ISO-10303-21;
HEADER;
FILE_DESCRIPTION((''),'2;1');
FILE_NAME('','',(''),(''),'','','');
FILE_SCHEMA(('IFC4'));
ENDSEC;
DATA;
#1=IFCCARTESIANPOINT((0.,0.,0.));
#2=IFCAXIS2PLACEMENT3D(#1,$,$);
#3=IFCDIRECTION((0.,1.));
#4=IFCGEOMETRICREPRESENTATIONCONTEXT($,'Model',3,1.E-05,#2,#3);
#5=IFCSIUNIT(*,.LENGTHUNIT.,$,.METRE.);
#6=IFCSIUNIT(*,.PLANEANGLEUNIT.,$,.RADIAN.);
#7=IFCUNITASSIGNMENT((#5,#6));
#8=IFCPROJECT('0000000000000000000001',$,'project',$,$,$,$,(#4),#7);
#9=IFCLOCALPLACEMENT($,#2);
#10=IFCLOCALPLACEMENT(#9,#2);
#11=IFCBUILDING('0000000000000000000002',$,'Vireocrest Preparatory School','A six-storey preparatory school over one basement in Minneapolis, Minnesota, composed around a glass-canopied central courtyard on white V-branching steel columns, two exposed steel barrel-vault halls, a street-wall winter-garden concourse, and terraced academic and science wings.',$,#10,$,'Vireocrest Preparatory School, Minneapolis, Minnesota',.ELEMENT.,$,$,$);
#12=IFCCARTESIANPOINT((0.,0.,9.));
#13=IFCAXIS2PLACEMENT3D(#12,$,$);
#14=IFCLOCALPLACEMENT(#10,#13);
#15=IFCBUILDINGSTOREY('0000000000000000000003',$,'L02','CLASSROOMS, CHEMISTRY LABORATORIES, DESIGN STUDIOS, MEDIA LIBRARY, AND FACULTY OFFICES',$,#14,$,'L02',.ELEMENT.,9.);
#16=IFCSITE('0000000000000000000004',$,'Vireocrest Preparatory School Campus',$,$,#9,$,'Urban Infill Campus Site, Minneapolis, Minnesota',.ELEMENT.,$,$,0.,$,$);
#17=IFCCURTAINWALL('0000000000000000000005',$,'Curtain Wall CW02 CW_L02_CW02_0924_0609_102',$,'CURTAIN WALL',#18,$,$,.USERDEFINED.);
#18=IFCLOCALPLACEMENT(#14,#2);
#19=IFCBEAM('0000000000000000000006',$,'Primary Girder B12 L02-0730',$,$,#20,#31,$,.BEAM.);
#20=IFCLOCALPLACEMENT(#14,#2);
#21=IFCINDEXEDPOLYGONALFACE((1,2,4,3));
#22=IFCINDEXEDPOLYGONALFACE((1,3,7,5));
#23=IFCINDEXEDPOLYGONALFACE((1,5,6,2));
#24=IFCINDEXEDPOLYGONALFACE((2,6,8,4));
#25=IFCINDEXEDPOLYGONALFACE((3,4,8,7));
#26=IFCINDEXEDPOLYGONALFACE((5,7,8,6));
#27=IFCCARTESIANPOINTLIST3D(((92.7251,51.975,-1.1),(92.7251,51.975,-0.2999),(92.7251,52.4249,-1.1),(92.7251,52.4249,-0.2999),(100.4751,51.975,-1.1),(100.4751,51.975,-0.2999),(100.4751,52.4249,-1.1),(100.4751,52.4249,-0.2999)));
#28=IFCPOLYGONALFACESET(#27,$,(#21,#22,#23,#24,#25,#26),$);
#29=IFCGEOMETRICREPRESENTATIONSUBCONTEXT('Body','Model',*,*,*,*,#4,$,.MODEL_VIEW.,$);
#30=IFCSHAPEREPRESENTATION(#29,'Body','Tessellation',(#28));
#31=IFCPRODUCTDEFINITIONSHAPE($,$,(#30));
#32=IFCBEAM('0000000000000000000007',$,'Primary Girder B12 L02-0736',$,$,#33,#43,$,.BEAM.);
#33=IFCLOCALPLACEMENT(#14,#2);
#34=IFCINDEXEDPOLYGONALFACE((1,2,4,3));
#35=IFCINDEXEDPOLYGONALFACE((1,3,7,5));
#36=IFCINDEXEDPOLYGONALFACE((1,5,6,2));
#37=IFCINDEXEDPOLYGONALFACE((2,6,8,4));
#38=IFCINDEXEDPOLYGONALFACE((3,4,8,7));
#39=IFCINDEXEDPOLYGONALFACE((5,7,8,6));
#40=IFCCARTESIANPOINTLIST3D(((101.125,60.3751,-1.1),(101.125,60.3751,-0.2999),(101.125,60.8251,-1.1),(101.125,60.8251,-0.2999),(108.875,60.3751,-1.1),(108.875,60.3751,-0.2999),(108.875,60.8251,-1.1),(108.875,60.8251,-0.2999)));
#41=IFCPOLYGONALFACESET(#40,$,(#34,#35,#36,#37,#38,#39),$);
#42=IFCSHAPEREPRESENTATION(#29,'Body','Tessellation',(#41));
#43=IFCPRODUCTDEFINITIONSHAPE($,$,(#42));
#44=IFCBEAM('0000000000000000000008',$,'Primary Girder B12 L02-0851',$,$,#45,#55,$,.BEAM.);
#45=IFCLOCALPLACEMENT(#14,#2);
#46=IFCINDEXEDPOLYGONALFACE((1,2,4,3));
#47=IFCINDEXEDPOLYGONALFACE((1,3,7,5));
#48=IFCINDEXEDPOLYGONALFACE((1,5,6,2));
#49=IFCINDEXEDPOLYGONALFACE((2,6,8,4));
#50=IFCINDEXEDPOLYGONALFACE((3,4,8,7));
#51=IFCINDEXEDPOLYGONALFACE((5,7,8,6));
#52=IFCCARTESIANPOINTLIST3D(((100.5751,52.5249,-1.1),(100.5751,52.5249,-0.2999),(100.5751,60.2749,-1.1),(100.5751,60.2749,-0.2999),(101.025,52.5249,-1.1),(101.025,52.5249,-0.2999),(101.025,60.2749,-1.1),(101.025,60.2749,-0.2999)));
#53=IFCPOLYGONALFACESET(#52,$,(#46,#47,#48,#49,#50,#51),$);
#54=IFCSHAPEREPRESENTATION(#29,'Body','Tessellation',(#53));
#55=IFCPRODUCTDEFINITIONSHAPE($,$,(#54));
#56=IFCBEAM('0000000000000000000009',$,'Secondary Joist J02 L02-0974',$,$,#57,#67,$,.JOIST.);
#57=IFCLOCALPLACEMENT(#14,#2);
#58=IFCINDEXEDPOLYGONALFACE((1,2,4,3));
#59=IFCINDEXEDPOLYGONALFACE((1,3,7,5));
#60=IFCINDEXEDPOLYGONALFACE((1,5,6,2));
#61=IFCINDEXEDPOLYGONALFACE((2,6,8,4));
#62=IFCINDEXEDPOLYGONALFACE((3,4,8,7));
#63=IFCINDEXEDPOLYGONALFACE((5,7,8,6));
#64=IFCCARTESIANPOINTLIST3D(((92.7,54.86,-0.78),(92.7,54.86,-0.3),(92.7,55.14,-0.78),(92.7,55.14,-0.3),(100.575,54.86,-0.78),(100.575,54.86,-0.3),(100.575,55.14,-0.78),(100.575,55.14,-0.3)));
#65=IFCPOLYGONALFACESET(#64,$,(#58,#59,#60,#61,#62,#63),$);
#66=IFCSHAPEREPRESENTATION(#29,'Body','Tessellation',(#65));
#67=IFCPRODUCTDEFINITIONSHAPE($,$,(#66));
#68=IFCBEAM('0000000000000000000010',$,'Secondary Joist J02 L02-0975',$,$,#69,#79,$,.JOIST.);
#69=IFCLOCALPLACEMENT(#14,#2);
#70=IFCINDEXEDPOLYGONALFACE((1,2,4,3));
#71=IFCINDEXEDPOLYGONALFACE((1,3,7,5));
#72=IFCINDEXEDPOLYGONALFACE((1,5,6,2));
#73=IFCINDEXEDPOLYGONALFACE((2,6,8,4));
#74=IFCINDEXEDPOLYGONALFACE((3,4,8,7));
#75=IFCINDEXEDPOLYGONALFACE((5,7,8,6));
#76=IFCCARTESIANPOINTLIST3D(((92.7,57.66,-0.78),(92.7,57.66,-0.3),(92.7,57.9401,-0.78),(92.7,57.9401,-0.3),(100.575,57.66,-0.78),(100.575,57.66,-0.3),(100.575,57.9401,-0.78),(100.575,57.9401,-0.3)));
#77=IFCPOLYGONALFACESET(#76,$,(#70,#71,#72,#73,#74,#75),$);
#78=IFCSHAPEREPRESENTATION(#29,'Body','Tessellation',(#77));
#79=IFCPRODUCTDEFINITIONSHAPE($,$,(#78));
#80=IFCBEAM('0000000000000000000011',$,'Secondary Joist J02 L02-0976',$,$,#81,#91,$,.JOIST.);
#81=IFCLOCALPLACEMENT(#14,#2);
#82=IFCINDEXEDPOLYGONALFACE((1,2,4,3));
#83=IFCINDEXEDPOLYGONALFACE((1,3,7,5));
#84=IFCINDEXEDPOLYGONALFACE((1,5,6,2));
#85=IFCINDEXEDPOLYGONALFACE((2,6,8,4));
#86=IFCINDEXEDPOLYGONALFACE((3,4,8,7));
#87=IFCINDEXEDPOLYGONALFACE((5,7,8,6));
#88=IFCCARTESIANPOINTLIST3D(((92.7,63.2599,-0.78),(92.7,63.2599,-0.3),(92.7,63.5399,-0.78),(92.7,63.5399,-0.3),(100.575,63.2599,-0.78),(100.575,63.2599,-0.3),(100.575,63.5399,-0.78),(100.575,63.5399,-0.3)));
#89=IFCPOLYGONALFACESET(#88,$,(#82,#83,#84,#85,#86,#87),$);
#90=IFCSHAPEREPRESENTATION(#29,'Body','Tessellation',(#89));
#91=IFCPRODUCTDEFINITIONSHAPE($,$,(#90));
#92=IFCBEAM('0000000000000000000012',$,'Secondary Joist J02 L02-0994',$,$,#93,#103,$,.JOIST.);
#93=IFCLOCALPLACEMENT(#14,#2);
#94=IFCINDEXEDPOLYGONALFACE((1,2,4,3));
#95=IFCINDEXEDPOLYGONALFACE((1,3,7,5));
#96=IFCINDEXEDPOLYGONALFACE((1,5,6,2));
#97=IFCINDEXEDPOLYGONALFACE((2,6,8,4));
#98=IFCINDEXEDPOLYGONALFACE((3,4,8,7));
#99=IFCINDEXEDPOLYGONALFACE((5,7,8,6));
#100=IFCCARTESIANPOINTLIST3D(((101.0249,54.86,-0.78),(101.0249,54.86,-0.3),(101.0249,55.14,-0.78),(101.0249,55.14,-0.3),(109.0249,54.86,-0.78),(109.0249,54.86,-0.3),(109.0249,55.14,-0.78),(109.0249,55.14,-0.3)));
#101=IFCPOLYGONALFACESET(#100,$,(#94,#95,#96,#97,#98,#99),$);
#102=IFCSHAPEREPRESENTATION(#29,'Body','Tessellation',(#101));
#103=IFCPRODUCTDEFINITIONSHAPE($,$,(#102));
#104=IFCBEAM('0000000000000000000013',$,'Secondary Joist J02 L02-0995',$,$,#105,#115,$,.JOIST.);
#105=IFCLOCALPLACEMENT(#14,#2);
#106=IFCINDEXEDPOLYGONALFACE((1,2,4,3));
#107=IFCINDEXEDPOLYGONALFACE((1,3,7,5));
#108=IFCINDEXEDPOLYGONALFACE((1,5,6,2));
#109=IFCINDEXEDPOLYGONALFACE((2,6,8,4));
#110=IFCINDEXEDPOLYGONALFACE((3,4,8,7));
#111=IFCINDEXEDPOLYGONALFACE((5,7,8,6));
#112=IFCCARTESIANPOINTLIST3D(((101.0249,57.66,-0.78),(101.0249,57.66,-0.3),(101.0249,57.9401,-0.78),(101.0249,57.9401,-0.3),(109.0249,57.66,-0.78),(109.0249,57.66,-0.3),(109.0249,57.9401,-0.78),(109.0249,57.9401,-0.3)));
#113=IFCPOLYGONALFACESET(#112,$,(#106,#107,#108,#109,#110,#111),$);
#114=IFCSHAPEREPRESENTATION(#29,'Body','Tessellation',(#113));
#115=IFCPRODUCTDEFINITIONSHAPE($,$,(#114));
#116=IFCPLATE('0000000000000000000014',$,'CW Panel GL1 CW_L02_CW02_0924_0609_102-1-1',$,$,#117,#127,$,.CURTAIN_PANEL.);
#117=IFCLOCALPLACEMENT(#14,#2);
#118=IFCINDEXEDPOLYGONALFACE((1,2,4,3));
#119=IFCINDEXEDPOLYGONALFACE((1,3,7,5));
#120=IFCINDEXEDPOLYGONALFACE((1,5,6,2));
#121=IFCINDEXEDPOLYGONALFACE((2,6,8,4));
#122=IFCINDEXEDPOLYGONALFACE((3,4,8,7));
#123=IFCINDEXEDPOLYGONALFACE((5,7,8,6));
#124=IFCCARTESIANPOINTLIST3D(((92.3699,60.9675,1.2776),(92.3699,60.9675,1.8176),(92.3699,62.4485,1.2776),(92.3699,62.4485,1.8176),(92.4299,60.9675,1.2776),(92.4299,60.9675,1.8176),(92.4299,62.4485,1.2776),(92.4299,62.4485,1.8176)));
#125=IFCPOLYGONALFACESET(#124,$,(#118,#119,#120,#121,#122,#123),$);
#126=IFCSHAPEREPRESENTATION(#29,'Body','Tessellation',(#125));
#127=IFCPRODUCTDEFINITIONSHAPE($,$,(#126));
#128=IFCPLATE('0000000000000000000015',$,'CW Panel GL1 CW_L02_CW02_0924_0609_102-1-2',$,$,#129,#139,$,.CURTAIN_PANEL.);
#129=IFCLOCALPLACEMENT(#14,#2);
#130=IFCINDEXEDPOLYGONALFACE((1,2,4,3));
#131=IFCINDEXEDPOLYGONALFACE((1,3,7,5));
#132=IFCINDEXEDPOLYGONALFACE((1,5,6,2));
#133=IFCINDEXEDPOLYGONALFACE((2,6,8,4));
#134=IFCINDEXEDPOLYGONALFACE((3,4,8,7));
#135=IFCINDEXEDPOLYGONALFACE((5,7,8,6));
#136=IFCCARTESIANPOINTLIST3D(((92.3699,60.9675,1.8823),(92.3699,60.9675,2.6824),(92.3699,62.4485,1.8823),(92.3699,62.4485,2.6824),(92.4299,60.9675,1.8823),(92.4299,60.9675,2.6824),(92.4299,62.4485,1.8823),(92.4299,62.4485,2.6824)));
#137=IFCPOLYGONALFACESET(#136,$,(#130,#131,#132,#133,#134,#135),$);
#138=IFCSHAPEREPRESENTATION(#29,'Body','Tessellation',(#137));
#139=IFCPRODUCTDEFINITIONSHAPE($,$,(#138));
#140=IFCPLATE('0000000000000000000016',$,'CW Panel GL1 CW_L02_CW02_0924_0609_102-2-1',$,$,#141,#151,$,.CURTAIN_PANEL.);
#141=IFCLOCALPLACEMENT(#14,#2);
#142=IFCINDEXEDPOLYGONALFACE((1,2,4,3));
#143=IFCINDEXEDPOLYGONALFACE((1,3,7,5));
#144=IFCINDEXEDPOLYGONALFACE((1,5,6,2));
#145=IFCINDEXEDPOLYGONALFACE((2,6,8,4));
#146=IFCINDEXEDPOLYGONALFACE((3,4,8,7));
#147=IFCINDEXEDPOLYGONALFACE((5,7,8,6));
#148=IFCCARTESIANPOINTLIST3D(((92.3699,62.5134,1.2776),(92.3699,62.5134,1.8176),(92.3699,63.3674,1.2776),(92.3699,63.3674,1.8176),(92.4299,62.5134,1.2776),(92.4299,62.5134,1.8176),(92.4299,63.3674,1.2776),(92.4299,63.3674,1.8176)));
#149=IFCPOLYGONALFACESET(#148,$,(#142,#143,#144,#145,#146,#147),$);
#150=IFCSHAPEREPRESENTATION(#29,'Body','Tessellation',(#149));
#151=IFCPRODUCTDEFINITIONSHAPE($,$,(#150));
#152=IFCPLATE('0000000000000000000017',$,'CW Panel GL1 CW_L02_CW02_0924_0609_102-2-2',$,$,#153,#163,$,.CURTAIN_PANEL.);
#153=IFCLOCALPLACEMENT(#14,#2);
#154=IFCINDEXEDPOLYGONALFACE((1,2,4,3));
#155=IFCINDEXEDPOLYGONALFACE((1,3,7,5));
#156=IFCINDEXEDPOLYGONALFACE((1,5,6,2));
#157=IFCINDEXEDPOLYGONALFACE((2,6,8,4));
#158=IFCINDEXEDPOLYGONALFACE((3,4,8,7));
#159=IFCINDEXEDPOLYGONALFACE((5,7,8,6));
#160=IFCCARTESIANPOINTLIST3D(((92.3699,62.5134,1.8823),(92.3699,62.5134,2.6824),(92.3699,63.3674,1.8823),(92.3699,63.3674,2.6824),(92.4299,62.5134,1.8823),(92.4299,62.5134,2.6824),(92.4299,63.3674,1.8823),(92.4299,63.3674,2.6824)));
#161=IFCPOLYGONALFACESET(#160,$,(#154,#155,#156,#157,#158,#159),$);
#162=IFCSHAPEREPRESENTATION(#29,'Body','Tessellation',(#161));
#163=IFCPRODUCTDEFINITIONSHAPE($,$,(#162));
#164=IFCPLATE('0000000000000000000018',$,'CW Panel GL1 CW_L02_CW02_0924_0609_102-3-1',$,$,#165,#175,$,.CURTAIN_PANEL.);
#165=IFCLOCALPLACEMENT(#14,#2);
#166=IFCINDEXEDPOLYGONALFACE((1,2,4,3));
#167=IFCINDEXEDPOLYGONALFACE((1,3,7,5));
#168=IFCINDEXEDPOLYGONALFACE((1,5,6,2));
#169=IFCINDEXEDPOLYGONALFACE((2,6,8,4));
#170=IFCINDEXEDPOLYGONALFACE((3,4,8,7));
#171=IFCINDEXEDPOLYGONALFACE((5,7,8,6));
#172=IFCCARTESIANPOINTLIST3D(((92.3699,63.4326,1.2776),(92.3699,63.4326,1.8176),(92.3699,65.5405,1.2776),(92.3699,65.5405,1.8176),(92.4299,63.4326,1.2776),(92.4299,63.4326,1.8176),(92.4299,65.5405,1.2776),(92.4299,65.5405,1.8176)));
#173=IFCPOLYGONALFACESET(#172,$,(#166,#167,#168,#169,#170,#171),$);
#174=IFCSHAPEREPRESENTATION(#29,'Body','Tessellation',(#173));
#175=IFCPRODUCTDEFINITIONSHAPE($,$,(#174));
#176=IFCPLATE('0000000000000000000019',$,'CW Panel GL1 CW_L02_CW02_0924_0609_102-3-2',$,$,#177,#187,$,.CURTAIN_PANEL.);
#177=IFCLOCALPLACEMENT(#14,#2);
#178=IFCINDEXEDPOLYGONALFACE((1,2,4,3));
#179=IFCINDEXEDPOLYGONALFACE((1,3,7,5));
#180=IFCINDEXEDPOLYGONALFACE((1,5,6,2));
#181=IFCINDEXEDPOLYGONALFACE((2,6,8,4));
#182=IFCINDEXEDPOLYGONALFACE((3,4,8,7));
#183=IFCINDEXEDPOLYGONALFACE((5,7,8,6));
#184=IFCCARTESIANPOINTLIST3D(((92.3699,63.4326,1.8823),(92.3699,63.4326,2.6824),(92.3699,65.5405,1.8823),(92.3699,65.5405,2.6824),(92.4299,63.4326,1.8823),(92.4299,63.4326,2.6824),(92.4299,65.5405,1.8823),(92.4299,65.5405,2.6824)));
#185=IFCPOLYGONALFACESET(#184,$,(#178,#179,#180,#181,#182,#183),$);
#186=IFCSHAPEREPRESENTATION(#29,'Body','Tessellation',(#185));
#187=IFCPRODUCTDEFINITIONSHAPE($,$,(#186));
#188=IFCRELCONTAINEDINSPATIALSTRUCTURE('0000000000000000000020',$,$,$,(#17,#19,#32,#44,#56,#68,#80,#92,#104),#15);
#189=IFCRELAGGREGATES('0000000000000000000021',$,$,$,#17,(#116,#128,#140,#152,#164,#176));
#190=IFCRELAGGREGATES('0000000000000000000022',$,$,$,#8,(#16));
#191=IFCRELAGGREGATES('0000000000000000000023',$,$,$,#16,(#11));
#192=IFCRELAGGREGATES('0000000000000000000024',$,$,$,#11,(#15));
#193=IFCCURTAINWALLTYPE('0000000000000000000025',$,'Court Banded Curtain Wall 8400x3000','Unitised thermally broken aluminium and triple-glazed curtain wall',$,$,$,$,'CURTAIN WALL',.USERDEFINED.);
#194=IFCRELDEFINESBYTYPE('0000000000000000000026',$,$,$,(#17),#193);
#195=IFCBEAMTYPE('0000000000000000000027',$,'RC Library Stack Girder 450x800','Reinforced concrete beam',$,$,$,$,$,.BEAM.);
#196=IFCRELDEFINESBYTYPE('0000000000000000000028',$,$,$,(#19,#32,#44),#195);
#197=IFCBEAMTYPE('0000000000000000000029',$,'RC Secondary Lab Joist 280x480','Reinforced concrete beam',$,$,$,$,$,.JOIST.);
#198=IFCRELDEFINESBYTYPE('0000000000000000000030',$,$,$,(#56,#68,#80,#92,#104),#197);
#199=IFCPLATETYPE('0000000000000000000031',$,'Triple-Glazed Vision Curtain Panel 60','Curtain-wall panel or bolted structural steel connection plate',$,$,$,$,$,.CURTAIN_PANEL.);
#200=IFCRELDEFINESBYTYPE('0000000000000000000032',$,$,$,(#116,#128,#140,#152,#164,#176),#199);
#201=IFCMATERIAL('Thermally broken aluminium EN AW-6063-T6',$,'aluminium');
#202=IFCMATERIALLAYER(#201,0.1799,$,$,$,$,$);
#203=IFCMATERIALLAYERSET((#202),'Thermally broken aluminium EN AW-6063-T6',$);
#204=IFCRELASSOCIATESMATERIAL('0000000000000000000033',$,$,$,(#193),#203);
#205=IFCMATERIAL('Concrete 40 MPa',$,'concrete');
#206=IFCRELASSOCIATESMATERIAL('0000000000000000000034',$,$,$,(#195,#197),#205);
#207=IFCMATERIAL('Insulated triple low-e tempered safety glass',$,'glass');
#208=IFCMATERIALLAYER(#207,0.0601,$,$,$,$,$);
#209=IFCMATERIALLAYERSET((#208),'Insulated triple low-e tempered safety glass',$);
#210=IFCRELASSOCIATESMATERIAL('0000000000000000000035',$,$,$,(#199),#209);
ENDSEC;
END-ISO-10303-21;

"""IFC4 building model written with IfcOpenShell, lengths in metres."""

from ifc_helpers import new_model, si_unit, direction, frame, origin, origin_2d, place, context, subcontext, project, spatial, rectangle, extrude, material, layer, layer_set, material_profile, profile_set, type_object, element, aggregate, save


model = new_model("IFC4")

# Units and contexts
model_context = context("Model", 3, precision=1e-05, world=origin(), true_north=direction((0.0, 1.0)))
body_context = subcontext(model_context, "Body", "Model", "MODEL_VIEW")
ifc_project = project(units=[si_unit("LENGTHUNIT", "METRE"), si_unit("PLANEANGLEUNIT", "RADIAN")], contexts=[model_context])

# Site, building, storey
site_placement = place(None, origin())
site = spatial("IfcSite", under=ifc_project, at=site_placement, Name="Vireocrest Preparatory School Campus", LongName="Urban Infill Campus Site, Minneapolis, Minnesota", CompositionType="ELEMENT", RefElevation=0.0)
building_placement = place(site_placement, origin())
building = spatial("IfcBuilding", under=site, at=building_placement, Name="Vireocrest Preparatory School", Description="A six-storey preparatory school over one basement in Minneapolis, Minnesota, composed around a glass-canopied central courtyard on white V-branching steel columns, two exposed steel barrel-vault halls, a street-wall winter-garden concourse, and terraced academic and science wings.", LongName="Vireocrest Preparatory School, Minneapolis, Minnesota", CompositionType="ELEMENT")
storey_placement = place(building_placement, frame((0.0, 0.0, 9.0)))
storey = spatial("IfcBuildingStorey", under=building, at=storey_placement, Name="L02", Description="CLASSROOMS, CHEMISTRY LABORATORIES, DESIGN STUDIOS, MEDIA LIBRARY, AND FACULTY OFFICES", LongName="L02", CompositionType="ELEMENT", Elevation=9.0)

# Curtain wall
ifc_material_1 = material(Name="Thermally broken aluminium EN AW-6063-T6", Category="aluminium")
ifc_layer_1 = layer(ifc_material_1, 0.1799)
ifc_layer_set_1 = layer_set([ifc_layer_1], Name="Thermally broken aluminium EN AW-6063-T6")
curtain_wall_type = type_object("IfcCurtainWallType", Name="Court Banded Curtain Wall 8400x3000", Description="Unitised thermally broken aluminium and triple-glazed curtain wall", ElementType="CURTAIN WALL", PredefinedType="USERDEFINED", material=ifc_layer_set_1)
curtain_wall_placement = place(storey_placement, origin())
curtain_wall = element("IfcCurtainWall", 1, at=curtain_wall_placement, inside=storey, type_object=curtain_wall_type, Name="Curtain Wall CW02 CW_L02_CW02_0924_0609_102", ObjectType="CURTAIN WALL", PredefinedType="USERDEFINED")

# Beams
ifc_material_2 = material(Name="Concrete 40 MPa", Category="concrete")
ifc_material_profile_1 = material_profile(ifc_material_2, rectangle(XDim=0.45, YDim=0.8, at=origin_2d()), Name="RC 450x800")
ifc_profile_set_1 = profile_set([ifc_material_profile_1], Name="Concrete 40 MPa")
beam_type_1 = type_object("IfcBeamType", Name="RC Library Stack Girder 450x800", Description="Reinforced concrete beam", PredefinedType="BEAM", material=ifc_profile_set_1)
for number, where, z_axis, x_axis, name in (
    (2, (92.7251, 52.2, -0.7), (1.0, 0.0, 0.0), (0.0, 1.0, 0.0), "Primary Girder B12 L02-0730"),
    (3, (101.125, 60.6001, -0.7), (1.0, 0.0, 0.0), (0.0, 1.0, 0.0), "Primary Girder B12 L02-0736"),
    (4, (100.8, 52.5249, -0.7), (0.0, 1.0, 0.0), (-1.0, 0.0, 0.0), "Primary Girder B12 L02-0851"),
):
    element("IfcBeam", number, at=place(storey_placement, frame(where, z_axis=z_axis, x_axis=x_axis)), inside=storey, type_object=beam_type_1, Name=name, PredefinedType="BEAM", context=body_context, shape_type="SweptSolid", body=[
        extrude(rectangle(XDim=0.45, YDim=0.8, at=origin_2d()), origin(), (0.0, 0.0, 1.0), 7.75),
    ])
ifc_material_profile_2 = material_profile(ifc_material_2, rectangle(XDim=0.28, YDim=0.48, at=origin_2d()), Name="RC 280x480")
ifc_profile_set_2 = profile_set([ifc_material_profile_2], Name="Concrete 40 MPa")
beam_type_2 = type_object("IfcBeamType", Name="RC Secondary Lab Joist 280x480", Description="Reinforced concrete beam", PredefinedType="JOIST", material=ifc_profile_set_2)
for number, where, z_axis, x_axis, name in (
    (5, (92.7, 55.0, -0.54), (1.0, 0.0, 0.0), (0.0, 1.0, 0.0), "Secondary Joist J02 L02-0974"),
    (6, (92.7, 57.8, -0.54), (1.0, 0.0, 0.0), (0.0, 1.0, 0.0), "Secondary Joist J02 L02-0975"),
    (7, (92.7, 63.3999, -0.54), (1.0, 0.0, 0.0), (0.0, 1.0, 0.0), "Secondary Joist J02 L02-0976"),
):
    element("IfcBeam", number, at=place(storey_placement, frame(where, z_axis=z_axis, x_axis=x_axis)), inside=storey, type_object=beam_type_2, Name=name, PredefinedType="JOIST", context=body_context, shape_type="SweptSolid", body=[
        extrude(rectangle(XDim=0.28, YDim=0.48, at=origin_2d()), origin(), (0.0, 0.0, 1.0), 7.875),
    ])
for number, where, z_axis, x_axis, name in (
    (8, (101.0249, 55.0, -0.54), (1.0, 0.0, 0.0), (0.0, 1.0, 0.0), "Secondary Joist J02 L02-0994"),
    (9, (101.0249, 57.8, -0.54), (1.0, 0.0, 0.0), (0.0, 1.0, 0.0), "Secondary Joist J02 L02-0995"),
):
    element("IfcBeam", number, at=place(storey_placement, frame(where, z_axis=z_axis, x_axis=x_axis)), inside=storey, type_object=beam_type_2, Name=name, PredefinedType="JOIST", context=body_context, shape_type="SweptSolid", body=[
        extrude(rectangle(XDim=0.28, YDim=0.48, at=origin_2d()), origin(), (0.0, 0.0, 1.0), 8.0),
    ])

# Plates
ifc_material_3 = material(Name="Insulated triple low-e tempered safety glass", Category="glass")
ifc_layer_2 = layer(ifc_material_3, 0.0601)
ifc_layer_set_2 = layer_set([ifc_layer_2], Name="Insulated triple low-e tempered safety glass")
plate_type = type_object("IfcPlateType", Name="Triple-Glazed Vision Curtain Panel 60", Description="Curtain-wall panel or bolted structural steel connection plate", PredefinedType="CURTAIN_PANEL", material=ifc_layer_set_2)
plate_1_placement = place(storey_placement, frame((92.3999, 61.708, 1.2776), z_axis=(0.0, 0.0, 1.0), x_axis=(0.0, 1.0, 0.0)))
plate_1 = element("IfcPlate", 10, at=plate_1_placement, type_object=plate_type, Name="CW Panel GL1 CW_L02_CW02_0924_0609_102-1-1", PredefinedType="CURTAIN_PANEL", context=body_context, shape_type="SweptSolid", body=[
    extrude(rectangle(XDim=1.481, YDim=0.0601, at=origin_2d()), origin(), (0.0, 0.0, 1.0), 0.54),
])
plate_2_placement = place(storey_placement, frame((92.3999, 61.708, 1.8823), z_axis=(0.0, 0.0, 1.0), x_axis=(0.0, 1.0, 0.0)))
plate_2 = element("IfcPlate", 11, at=plate_2_placement, type_object=plate_type, Name="CW Panel GL1 CW_L02_CW02_0924_0609_102-1-2", PredefinedType="CURTAIN_PANEL", context=body_context, shape_type="SweptSolid", body=[
    extrude(rectangle(XDim=1.481, YDim=0.0601, at=origin_2d()), origin(), (0.0, 0.0, 1.0), 0.8),
])
plate_3_placement = place(storey_placement, frame((92.3999, 62.9404, 1.2776), z_axis=(0.0, 0.0, 1.0), x_axis=(0.0, 1.0, 0.0)))
plate_3 = element("IfcPlate", 12, at=plate_3_placement, type_object=plate_type, Name="CW Panel GL1 CW_L02_CW02_0924_0609_102-2-1", PredefinedType="CURTAIN_PANEL", context=body_context, shape_type="SweptSolid", body=[
    extrude(rectangle(XDim=0.854, YDim=0.0601, at=origin_2d()), origin(), (0.0, 0.0, 1.0), 0.54),
])
plate_4_placement = place(storey_placement, frame((92.3999, 62.9404, 1.8823), z_axis=(0.0, 0.0, 1.0), x_axis=(0.0, 1.0, 0.0)))
plate_4 = element("IfcPlate", 13, at=plate_4_placement, type_object=plate_type, Name="CW Panel GL1 CW_L02_CW02_0924_0609_102-2-2", PredefinedType="CURTAIN_PANEL", context=body_context, shape_type="SweptSolid", body=[
    extrude(rectangle(XDim=0.854, YDim=0.0601, at=origin_2d()), origin(), (0.0, 0.0, 1.0), 0.8),
])
plate_5_placement = place(storey_placement, frame((92.3999, 64.4866, 1.2776), z_axis=(0.0, 0.0, 1.0), x_axis=(0.0, 1.0, 0.0)))
plate_5 = element("IfcPlate", 14, at=plate_5_placement, type_object=plate_type, Name="CW Panel GL1 CW_L02_CW02_0924_0609_102-3-1", PredefinedType="CURTAIN_PANEL", context=body_context, shape_type="SweptSolid", body=[
    extrude(rectangle(XDim=2.1079, YDim=0.0601, at=origin_2d()), origin(), (0.0, 0.0, 1.0), 0.54),
])
plate_6_placement = place(storey_placement, frame((92.3999, 64.4866, 1.8823), z_axis=(0.0, 0.0, 1.0), x_axis=(0.0, 1.0, 0.0)))
plate_6 = element("IfcPlate", 15, at=plate_6_placement, type_object=plate_type, Name="CW Panel GL1 CW_L02_CW02_0924_0609_102-3-2", PredefinedType="CURTAIN_PANEL", context=body_context, shape_type="SweptSolid", body=[
    extrude(rectangle(XDim=2.1079, YDim=0.0601, at=origin_2d()), origin(), (0.0, 0.0, 1.0), 0.8),
])
aggregate(curtain_wall, [plate_1, plate_2, plate_3, plate_4, plate_5, plate_6])

save(model, "model.ifc")
